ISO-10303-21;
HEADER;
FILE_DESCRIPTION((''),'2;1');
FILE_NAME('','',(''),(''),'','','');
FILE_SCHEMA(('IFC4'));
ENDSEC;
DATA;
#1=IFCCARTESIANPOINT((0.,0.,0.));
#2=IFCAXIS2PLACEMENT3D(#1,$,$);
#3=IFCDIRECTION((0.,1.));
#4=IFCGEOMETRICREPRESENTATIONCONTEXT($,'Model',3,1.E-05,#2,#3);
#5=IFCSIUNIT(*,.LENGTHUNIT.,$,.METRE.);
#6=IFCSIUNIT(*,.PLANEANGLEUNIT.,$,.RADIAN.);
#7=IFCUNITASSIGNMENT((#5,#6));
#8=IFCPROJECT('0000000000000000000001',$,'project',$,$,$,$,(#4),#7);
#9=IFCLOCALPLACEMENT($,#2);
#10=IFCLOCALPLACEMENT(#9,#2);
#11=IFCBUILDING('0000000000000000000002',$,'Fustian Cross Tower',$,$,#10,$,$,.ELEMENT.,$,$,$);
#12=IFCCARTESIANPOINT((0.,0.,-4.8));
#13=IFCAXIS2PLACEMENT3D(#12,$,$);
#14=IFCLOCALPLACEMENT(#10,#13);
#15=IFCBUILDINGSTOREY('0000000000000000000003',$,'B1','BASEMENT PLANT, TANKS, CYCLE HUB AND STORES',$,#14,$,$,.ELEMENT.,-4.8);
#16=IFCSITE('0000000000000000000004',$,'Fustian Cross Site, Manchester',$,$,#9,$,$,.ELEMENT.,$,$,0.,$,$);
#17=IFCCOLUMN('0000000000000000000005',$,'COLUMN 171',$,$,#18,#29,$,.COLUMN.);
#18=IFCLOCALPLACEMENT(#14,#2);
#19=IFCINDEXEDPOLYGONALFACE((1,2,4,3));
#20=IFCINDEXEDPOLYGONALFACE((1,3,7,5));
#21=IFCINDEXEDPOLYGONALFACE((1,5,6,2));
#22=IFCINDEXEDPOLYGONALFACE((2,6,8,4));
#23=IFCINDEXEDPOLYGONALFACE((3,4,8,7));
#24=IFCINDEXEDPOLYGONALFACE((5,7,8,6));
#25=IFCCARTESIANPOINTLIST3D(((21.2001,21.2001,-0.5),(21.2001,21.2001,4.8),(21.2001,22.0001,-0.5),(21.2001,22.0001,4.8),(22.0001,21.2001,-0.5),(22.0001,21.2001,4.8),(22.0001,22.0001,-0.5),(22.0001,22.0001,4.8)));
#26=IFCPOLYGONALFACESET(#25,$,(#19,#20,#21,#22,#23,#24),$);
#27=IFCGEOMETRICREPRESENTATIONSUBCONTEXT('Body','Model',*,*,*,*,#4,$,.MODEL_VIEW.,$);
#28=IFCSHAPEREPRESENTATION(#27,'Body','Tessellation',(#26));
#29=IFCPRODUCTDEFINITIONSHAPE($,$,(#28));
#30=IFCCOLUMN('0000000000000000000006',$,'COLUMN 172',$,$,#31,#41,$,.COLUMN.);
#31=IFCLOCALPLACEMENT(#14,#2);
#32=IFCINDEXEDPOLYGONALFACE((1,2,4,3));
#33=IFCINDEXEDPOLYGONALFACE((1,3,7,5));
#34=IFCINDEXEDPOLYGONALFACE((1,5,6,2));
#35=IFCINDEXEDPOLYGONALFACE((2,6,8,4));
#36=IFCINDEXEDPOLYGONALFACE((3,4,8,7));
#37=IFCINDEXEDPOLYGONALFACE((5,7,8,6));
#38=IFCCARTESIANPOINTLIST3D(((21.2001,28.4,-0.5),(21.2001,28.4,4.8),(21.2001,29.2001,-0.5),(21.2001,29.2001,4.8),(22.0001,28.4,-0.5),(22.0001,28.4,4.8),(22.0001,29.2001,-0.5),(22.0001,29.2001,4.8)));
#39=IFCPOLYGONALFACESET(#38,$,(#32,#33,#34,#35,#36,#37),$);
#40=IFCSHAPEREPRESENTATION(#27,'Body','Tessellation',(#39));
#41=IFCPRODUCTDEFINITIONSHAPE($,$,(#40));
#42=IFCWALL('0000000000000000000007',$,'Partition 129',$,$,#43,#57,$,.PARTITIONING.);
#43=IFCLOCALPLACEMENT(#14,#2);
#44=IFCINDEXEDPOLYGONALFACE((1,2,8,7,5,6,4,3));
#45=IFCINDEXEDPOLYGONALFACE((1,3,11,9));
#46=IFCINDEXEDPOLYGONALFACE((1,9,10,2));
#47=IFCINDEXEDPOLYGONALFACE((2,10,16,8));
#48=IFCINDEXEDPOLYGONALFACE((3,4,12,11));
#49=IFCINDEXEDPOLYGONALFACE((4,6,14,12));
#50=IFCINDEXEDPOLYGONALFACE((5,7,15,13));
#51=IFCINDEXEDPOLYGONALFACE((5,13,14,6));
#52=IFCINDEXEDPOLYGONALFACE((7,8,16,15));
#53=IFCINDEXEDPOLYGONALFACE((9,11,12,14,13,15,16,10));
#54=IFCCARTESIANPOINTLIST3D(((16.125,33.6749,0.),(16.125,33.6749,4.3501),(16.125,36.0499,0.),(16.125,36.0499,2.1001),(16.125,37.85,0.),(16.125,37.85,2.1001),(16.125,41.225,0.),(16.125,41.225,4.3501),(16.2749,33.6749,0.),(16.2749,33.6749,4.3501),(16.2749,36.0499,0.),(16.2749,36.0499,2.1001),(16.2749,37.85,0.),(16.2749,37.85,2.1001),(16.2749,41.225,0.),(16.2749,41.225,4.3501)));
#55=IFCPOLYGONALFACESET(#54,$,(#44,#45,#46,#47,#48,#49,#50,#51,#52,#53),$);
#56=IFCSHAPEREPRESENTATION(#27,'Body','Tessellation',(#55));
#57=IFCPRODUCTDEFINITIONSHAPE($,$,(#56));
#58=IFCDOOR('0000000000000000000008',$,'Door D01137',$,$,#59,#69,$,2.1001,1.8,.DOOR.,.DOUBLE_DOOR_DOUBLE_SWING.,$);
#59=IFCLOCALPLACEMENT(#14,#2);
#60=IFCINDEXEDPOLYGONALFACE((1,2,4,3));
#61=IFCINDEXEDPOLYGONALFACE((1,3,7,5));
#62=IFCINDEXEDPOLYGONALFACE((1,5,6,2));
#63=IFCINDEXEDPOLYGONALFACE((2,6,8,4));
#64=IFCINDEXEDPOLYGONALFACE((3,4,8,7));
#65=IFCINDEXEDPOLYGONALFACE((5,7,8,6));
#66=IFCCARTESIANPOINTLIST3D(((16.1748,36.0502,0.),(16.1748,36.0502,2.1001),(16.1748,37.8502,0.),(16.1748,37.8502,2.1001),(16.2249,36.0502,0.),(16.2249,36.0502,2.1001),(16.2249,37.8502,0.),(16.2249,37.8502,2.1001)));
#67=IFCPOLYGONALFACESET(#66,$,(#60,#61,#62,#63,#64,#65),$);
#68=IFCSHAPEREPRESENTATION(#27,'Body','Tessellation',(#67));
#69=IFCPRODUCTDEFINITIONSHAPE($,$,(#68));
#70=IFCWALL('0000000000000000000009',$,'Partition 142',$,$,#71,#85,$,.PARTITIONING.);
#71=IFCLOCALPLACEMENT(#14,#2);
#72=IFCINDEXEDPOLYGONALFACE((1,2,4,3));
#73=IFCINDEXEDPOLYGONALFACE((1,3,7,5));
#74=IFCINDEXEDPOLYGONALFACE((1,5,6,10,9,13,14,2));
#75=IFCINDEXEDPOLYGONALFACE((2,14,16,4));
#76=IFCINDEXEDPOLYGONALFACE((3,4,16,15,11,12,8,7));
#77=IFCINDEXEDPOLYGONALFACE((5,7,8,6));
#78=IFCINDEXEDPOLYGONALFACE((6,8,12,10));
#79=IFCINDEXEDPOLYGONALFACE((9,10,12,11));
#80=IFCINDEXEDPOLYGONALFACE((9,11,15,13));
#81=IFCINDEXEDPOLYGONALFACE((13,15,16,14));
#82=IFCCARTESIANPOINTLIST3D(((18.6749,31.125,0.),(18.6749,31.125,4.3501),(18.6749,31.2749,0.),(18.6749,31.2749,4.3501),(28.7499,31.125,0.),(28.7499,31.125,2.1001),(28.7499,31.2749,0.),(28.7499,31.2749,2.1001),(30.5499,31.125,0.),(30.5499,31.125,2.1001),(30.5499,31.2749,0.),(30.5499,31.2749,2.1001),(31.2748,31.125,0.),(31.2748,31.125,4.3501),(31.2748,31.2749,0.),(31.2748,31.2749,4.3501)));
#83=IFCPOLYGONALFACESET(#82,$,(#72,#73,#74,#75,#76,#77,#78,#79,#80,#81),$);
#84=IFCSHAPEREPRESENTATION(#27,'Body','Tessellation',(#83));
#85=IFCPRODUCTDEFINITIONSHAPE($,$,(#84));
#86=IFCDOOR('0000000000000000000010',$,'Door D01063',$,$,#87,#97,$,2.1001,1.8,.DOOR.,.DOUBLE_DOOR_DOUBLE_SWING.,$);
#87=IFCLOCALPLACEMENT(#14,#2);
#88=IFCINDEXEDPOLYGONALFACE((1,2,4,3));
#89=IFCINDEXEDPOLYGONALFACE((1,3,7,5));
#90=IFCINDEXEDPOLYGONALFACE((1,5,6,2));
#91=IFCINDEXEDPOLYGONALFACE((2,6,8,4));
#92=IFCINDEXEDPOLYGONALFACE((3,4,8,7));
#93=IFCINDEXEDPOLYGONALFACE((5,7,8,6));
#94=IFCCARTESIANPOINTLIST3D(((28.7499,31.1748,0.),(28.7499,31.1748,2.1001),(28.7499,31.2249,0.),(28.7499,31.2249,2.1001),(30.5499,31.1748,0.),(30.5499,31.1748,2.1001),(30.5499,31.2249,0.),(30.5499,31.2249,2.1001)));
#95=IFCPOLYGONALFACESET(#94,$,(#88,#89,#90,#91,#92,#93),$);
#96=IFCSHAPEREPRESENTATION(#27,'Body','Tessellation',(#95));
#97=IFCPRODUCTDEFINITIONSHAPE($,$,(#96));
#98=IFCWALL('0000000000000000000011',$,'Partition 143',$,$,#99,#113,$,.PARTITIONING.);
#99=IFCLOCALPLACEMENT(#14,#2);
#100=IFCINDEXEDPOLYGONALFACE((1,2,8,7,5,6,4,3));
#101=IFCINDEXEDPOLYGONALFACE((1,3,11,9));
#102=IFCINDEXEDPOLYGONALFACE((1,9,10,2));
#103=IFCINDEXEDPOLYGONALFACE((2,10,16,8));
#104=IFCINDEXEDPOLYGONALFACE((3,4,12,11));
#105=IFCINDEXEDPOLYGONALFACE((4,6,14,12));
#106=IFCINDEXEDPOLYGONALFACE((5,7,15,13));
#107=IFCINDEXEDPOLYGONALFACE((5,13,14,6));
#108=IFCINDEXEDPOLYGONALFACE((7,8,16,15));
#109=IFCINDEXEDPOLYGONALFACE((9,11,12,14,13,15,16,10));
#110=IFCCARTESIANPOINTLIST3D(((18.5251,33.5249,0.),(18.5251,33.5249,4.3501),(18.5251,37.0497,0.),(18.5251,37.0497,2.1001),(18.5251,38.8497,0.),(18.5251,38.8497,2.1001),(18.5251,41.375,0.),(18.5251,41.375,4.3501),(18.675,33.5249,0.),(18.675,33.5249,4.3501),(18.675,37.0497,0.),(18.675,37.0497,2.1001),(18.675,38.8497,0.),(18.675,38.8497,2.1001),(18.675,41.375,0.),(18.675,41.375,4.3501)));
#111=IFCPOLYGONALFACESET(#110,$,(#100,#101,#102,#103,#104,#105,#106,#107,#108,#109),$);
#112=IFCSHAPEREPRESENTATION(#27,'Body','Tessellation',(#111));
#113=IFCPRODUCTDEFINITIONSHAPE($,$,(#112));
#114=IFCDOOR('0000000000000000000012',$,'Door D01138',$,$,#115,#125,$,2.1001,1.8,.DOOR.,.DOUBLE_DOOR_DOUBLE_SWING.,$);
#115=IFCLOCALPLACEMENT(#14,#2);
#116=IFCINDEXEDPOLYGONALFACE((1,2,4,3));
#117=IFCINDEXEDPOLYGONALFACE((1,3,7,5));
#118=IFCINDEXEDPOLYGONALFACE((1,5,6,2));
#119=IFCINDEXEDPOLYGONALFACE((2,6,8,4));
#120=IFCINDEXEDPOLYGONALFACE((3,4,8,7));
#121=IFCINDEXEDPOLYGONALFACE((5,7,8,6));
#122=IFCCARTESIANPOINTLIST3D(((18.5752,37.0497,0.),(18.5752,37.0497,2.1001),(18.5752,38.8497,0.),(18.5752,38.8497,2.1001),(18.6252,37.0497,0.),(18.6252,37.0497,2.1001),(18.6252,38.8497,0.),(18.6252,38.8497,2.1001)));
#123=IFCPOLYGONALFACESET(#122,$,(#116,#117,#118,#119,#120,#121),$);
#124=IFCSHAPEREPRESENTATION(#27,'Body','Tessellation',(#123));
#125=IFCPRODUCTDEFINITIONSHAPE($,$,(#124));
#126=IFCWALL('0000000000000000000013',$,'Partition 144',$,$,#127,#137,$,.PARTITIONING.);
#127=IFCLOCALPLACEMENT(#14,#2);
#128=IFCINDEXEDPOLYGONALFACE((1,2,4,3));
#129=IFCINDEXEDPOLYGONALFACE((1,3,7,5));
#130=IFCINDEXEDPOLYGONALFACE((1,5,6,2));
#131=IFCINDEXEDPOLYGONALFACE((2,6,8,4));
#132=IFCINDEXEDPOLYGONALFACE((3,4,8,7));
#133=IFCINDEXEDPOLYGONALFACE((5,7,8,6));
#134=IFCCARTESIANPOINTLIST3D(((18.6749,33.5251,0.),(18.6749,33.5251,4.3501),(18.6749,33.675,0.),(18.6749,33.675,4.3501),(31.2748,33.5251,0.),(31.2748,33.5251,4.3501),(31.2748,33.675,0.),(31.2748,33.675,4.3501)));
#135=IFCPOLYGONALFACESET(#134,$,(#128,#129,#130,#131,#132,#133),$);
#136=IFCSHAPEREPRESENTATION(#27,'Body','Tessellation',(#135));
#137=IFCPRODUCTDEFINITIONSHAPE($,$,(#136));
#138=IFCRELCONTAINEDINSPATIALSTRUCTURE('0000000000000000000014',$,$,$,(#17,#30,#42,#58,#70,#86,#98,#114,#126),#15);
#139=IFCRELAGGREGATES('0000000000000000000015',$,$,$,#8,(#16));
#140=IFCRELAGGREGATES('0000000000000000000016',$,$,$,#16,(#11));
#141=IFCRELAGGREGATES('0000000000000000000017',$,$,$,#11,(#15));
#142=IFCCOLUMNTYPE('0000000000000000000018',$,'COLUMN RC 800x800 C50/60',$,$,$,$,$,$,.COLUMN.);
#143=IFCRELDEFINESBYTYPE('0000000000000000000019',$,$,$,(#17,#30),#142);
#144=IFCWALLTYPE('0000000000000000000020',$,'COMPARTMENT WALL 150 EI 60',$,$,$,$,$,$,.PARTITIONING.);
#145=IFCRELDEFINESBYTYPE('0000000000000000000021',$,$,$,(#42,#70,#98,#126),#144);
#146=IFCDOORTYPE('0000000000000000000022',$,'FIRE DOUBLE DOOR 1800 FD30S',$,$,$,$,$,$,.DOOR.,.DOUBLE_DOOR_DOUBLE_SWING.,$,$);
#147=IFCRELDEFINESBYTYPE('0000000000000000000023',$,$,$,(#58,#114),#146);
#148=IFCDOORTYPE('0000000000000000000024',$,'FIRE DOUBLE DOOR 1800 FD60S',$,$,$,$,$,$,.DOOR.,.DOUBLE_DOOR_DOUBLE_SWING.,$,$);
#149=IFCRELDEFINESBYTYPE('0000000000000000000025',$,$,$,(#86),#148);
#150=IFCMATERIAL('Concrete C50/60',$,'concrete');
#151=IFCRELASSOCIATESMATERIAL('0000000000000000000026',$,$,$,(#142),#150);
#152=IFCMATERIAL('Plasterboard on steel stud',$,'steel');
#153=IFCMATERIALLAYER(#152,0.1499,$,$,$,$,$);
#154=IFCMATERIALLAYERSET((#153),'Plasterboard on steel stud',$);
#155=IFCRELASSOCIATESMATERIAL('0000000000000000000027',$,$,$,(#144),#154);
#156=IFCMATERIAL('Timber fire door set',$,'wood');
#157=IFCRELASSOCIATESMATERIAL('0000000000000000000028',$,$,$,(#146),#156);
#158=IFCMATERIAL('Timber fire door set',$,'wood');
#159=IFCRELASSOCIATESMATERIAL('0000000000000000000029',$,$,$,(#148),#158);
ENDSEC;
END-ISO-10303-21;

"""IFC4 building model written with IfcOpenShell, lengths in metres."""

from ifc_helpers import new_model, si_unit, direction, frame, frame_2d, origin, origin_2d, place, context, subcontext, project, spatial, rectangle, extrude, material, layer, layer_set, material_profile, profile_set, type_object, element, fill, save


model = new_model("IFC4")

# Units and contexts
model_context = context("Model", 3, precision=1e-05, world=origin(), true_north=direction((0.0, 1.0)))
body_context = subcontext(model_context, "Body", "Model", "MODEL_VIEW")
ifc_project = project(units=[si_unit("LENGTHUNIT", "METRE"), si_unit("PLANEANGLEUNIT", "RADIAN")], contexts=[model_context])

# Site, building, storey
site_placement = place(None, origin())
site = spatial("IfcSite", under=ifc_project, at=site_placement, Name="Fustian Cross Site, Manchester", CompositionType="ELEMENT", RefElevation=0.0)
building_placement = place(site_placement, origin())
building = spatial("IfcBuilding", under=site, at=building_placement, Name="Fustian Cross Tower", CompositionType="ELEMENT")
storey_placement = place(building_placement, frame((0.0, 0.0, -4.8)))
storey = spatial("IfcBuildingStorey", under=building, at=storey_placement, Name="B1", Description="BASEMENT PLANT, TANKS, CYCLE HUB AND STORES", CompositionType="ELEMENT", Elevation=-4.8)

# Columns
ifc_material_1 = material(Name="Concrete C50/60", Category="concrete")
ifc_material_profile_1 = material_profile(ifc_material_1, rectangle(XDim=0.8, YDim=0.8, at=origin_2d()), Name="RC 800x800")
ifc_profile_set_1 = profile_set([ifc_material_profile_1], Name="Concrete C50/60")
column_type = type_object("IfcColumnType", Name="COLUMN RC 800x800 C50/60", PredefinedType="COLUMN", material=ifc_profile_set_1)
for number, where, z_axis, x_axis, name in (
    (1, (21.6001, 21.6001, -0.5), (0.0, 0.0, 1.0), (1.0, 0.0, 0.0), "COLUMN 171"),
    (2, (21.6001, 28.8, -0.5), (0.0, 0.0, 1.0), (1.0, 0.0, 0.0), "COLUMN 172"),
):
    element("IfcColumn", number, at=place(storey_placement, frame(where, z_axis=z_axis, x_axis=x_axis)), inside=storey, type_object=column_type, Name=name, PredefinedType="COLUMN", context=body_context, shape_type="SweptSolid", body=[
        extrude(rectangle(XDim=0.8, YDim=0.8, at=origin_2d()), origin(), (0.0, 0.0, 1.0), 5.3),
    ])

# Walls, openings, doors
ifc_material_2 = material(Name="Plasterboard on steel stud", Category="steel")
ifc_layer = layer(ifc_material_2, 0.1499)
ifc_layer_set = layer_set([ifc_layer], Name="Plasterboard on steel stud")
wall_type = type_object("IfcWallType", Name="COMPARTMENT WALL 150 EI 60", PredefinedType="PARTITIONING", material=ifc_layer_set)
wall_1_placement = place(storey_placement, frame((16.2, 33.675, 0.0), z_axis=(0.0, 0.0, 1.0), x_axis=(0.0, 1.0, 0.0)))
wall_1 = element("IfcWall", 3, at=wall_1_placement, inside=storey, type_object=wall_type, Name="Partition 129", PredefinedType="PARTITIONING", context=body_context, shape_type="SweptSolid", body=[
    extrude(rectangle(XDim=7.55, YDim=0.1499, at=frame_2d((3.7749, 0.0))), origin(), (0.0, 0.0, 1.0), 4.3501),
])
opening_1_placement = place(wall_1_placement, frame((2.375, 0.0, 0.0)))
opening_1 = element("IfcOpeningElement", 4, at=opening_1_placement, cuts=wall_1, PredefinedType="OPENING", context=body_context, shape_type="SweptSolid", body=[
    extrude(rectangle(XDim=1.8, YDim=2.1001, at=frame_2d((0.8999, 1.05))), frame((0.0, 0.085, 0.0), z_axis=(0.0, -1.0, 0.0), x_axis=(1.0, 0.0, 0.0)), (0.0, 0.0, 1.0), 0.1699),
])
ifc_material_3 = material(Name="Timber fire door set", Category="wood")
door_type_1 = type_object("IfcDoorType", Name="FIRE DOUBLE DOOR 1800 FD30S", OperationType="DOUBLE_DOOR_DOUBLE_SWING", PredefinedType="DOOR", material=ifc_material_3)
door_1_placement = place(opening_1_placement, frame((1.8, 0.0, 0.0), z_axis=(0.0, 0.0, 1.0), x_axis=(-1.0, 0.0, 0.0)))
door_1 = element("IfcDoor", 5, at=door_1_placement, inside=storey, type_object=door_type_1, Name="Door D01137", OperationType="DOUBLE_DOOR_DOUBLE_SWING", OverallHeight=2.1001, OverallWidth=1.8, PredefinedType="DOOR", context=body_context, shape_type="SweptSolid", body=[
    extrude(rectangle(XDim=1.8, YDim=2.1001, at=frame_2d((0.8999, 1.05))), frame((0.0, 0.0249, 0.0), z_axis=(0.0, -1.0, 0.0), x_axis=(1.0, 0.0, 0.0)), (0.0, 0.0, 1.0), 0.05),
])
fill(opening_1, door_1)
wall_2_placement = place(storey_placement, frame((18.675, 31.2, 0.0), z_axis=(0.0, 0.0, 1.0), x_axis=(1.0, 0.0, 0.0)))
wall_2 = element("IfcWall", 6, at=wall_2_placement, inside=storey, type_object=wall_type, Name="Partition 142", PredefinedType="PARTITIONING", context=body_context, shape_type="SweptSolid", body=[
    extrude(rectangle(XDim=12.5999, YDim=0.1499, at=frame_2d((6.2998, 0.0))), origin(), (0.0, 0.0, 1.0), 4.3501),
])
opening_2_placement = place(wall_2_placement, frame((10.075, 0.0, 0.0)))
opening_2 = element("IfcOpeningElement", 7, at=opening_2_placement, cuts=wall_2, PredefinedType="OPENING", context=body_context, shape_type="SweptSolid", body=[
    extrude(rectangle(XDim=1.8, YDim=2.1001, at=frame_2d((0.8999, 1.05))), frame((0.0, 0.085, 0.0), z_axis=(0.0, -1.0, 0.0), x_axis=(1.0, 0.0, 0.0)), (0.0, 0.0, 1.0), 0.1699),
])
ifc_material_4 = material(Name="Timber fire door set", Category="wood")
door_type_2 = type_object("IfcDoorType", Name="FIRE DOUBLE DOOR 1800 FD60S", OperationType="DOUBLE_DOOR_DOUBLE_SWING", PredefinedType="DOOR", material=ifc_material_4)
door_2_placement = place(opening_2_placement, origin())
door_2 = element("IfcDoor", 8, at=door_2_placement, inside=storey, type_object=door_type_2, Name="Door D01063", OperationType="DOUBLE_DOOR_DOUBLE_SWING", OverallHeight=2.1001, OverallWidth=1.8, PredefinedType="DOOR", context=body_context, shape_type="SweptSolid", body=[
    extrude(rectangle(XDim=1.8, YDim=2.1001, at=frame_2d((0.8999, 1.05))), frame((0.0, 0.0249, 0.0), z_axis=(0.0, -1.0, 0.0), x_axis=(1.0, 0.0, 0.0)), (0.0, 0.0, 1.0), 0.05),
])
fill(opening_2, door_2)
wall_3_placement = place(storey_placement, frame((18.6001, 33.5249, 0.0), z_axis=(0.0, 0.0, 1.0), x_axis=(0.0, 1.0, 0.0)))
wall_3 = element("IfcWall", 9, at=wall_3_placement, inside=storey, type_object=wall_type, Name="Partition 143", PredefinedType="PARTITIONING", context=body_context, shape_type="SweptSolid", body=[
    extrude(rectangle(XDim=7.8501, YDim=0.1499, at=frame_2d((3.925, 0.0))), origin(), (0.0, 0.0, 1.0), 4.3501),
])
opening_3_placement = place(wall_3_placement, frame((3.5249, 0.0, 0.0)))
opening_3 = element("IfcOpeningElement", 10, at=opening_3_placement, cuts=wall_3, PredefinedType="OPENING", context=body_context, shape_type="SweptSolid", body=[
    extrude(rectangle(XDim=1.8, YDim=2.1001, at=frame_2d((0.8999, 1.05))), frame((0.0, 0.085, 0.0), z_axis=(0.0, -1.0, 0.0), x_axis=(1.0, 0.0, 0.0)), (0.0, 0.0, 1.0), 0.1699),
])
door_3_placement = place(opening_3_placement, origin())
door_3 = element("IfcDoor", 11, at=door_3_placement, inside=storey, type_object=door_type_1, Name="Door D01138", OperationType="DOUBLE_DOOR_DOUBLE_SWING", OverallHeight=2.1001, OverallWidth=1.8, PredefinedType="DOOR", context=body_context, shape_type="SweptSolid", body=[
    extrude(rectangle(XDim=1.8, YDim=2.1001, at=frame_2d((0.8999, 1.05))), frame((0.0, 0.0249, 0.0), z_axis=(0.0, -1.0, 0.0), x_axis=(1.0, 0.0, 0.0)), (0.0, 0.0, 1.0), 0.05),
])
fill(opening_3, door_3)

# Wall
wall_4_placement = place(storey_placement, frame((18.675, 33.6001, 0.0), z_axis=(0.0, 0.0, 1.0), x_axis=(1.0, 0.0, 0.0)))
element("IfcWall", 12, at=wall_4_placement, inside=storey, type_object=wall_type, Name="Partition 144", PredefinedType="PARTITIONING", context=body_context, shape_type="SweptSolid", body=[
    extrude(rectangle(XDim=12.5999, YDim=0.1499, at=frame_2d((6.2998, 0.0))), origin(), (0.0, 0.0, 1.0), 4.3501),
])

save(model, "model.ifc")
